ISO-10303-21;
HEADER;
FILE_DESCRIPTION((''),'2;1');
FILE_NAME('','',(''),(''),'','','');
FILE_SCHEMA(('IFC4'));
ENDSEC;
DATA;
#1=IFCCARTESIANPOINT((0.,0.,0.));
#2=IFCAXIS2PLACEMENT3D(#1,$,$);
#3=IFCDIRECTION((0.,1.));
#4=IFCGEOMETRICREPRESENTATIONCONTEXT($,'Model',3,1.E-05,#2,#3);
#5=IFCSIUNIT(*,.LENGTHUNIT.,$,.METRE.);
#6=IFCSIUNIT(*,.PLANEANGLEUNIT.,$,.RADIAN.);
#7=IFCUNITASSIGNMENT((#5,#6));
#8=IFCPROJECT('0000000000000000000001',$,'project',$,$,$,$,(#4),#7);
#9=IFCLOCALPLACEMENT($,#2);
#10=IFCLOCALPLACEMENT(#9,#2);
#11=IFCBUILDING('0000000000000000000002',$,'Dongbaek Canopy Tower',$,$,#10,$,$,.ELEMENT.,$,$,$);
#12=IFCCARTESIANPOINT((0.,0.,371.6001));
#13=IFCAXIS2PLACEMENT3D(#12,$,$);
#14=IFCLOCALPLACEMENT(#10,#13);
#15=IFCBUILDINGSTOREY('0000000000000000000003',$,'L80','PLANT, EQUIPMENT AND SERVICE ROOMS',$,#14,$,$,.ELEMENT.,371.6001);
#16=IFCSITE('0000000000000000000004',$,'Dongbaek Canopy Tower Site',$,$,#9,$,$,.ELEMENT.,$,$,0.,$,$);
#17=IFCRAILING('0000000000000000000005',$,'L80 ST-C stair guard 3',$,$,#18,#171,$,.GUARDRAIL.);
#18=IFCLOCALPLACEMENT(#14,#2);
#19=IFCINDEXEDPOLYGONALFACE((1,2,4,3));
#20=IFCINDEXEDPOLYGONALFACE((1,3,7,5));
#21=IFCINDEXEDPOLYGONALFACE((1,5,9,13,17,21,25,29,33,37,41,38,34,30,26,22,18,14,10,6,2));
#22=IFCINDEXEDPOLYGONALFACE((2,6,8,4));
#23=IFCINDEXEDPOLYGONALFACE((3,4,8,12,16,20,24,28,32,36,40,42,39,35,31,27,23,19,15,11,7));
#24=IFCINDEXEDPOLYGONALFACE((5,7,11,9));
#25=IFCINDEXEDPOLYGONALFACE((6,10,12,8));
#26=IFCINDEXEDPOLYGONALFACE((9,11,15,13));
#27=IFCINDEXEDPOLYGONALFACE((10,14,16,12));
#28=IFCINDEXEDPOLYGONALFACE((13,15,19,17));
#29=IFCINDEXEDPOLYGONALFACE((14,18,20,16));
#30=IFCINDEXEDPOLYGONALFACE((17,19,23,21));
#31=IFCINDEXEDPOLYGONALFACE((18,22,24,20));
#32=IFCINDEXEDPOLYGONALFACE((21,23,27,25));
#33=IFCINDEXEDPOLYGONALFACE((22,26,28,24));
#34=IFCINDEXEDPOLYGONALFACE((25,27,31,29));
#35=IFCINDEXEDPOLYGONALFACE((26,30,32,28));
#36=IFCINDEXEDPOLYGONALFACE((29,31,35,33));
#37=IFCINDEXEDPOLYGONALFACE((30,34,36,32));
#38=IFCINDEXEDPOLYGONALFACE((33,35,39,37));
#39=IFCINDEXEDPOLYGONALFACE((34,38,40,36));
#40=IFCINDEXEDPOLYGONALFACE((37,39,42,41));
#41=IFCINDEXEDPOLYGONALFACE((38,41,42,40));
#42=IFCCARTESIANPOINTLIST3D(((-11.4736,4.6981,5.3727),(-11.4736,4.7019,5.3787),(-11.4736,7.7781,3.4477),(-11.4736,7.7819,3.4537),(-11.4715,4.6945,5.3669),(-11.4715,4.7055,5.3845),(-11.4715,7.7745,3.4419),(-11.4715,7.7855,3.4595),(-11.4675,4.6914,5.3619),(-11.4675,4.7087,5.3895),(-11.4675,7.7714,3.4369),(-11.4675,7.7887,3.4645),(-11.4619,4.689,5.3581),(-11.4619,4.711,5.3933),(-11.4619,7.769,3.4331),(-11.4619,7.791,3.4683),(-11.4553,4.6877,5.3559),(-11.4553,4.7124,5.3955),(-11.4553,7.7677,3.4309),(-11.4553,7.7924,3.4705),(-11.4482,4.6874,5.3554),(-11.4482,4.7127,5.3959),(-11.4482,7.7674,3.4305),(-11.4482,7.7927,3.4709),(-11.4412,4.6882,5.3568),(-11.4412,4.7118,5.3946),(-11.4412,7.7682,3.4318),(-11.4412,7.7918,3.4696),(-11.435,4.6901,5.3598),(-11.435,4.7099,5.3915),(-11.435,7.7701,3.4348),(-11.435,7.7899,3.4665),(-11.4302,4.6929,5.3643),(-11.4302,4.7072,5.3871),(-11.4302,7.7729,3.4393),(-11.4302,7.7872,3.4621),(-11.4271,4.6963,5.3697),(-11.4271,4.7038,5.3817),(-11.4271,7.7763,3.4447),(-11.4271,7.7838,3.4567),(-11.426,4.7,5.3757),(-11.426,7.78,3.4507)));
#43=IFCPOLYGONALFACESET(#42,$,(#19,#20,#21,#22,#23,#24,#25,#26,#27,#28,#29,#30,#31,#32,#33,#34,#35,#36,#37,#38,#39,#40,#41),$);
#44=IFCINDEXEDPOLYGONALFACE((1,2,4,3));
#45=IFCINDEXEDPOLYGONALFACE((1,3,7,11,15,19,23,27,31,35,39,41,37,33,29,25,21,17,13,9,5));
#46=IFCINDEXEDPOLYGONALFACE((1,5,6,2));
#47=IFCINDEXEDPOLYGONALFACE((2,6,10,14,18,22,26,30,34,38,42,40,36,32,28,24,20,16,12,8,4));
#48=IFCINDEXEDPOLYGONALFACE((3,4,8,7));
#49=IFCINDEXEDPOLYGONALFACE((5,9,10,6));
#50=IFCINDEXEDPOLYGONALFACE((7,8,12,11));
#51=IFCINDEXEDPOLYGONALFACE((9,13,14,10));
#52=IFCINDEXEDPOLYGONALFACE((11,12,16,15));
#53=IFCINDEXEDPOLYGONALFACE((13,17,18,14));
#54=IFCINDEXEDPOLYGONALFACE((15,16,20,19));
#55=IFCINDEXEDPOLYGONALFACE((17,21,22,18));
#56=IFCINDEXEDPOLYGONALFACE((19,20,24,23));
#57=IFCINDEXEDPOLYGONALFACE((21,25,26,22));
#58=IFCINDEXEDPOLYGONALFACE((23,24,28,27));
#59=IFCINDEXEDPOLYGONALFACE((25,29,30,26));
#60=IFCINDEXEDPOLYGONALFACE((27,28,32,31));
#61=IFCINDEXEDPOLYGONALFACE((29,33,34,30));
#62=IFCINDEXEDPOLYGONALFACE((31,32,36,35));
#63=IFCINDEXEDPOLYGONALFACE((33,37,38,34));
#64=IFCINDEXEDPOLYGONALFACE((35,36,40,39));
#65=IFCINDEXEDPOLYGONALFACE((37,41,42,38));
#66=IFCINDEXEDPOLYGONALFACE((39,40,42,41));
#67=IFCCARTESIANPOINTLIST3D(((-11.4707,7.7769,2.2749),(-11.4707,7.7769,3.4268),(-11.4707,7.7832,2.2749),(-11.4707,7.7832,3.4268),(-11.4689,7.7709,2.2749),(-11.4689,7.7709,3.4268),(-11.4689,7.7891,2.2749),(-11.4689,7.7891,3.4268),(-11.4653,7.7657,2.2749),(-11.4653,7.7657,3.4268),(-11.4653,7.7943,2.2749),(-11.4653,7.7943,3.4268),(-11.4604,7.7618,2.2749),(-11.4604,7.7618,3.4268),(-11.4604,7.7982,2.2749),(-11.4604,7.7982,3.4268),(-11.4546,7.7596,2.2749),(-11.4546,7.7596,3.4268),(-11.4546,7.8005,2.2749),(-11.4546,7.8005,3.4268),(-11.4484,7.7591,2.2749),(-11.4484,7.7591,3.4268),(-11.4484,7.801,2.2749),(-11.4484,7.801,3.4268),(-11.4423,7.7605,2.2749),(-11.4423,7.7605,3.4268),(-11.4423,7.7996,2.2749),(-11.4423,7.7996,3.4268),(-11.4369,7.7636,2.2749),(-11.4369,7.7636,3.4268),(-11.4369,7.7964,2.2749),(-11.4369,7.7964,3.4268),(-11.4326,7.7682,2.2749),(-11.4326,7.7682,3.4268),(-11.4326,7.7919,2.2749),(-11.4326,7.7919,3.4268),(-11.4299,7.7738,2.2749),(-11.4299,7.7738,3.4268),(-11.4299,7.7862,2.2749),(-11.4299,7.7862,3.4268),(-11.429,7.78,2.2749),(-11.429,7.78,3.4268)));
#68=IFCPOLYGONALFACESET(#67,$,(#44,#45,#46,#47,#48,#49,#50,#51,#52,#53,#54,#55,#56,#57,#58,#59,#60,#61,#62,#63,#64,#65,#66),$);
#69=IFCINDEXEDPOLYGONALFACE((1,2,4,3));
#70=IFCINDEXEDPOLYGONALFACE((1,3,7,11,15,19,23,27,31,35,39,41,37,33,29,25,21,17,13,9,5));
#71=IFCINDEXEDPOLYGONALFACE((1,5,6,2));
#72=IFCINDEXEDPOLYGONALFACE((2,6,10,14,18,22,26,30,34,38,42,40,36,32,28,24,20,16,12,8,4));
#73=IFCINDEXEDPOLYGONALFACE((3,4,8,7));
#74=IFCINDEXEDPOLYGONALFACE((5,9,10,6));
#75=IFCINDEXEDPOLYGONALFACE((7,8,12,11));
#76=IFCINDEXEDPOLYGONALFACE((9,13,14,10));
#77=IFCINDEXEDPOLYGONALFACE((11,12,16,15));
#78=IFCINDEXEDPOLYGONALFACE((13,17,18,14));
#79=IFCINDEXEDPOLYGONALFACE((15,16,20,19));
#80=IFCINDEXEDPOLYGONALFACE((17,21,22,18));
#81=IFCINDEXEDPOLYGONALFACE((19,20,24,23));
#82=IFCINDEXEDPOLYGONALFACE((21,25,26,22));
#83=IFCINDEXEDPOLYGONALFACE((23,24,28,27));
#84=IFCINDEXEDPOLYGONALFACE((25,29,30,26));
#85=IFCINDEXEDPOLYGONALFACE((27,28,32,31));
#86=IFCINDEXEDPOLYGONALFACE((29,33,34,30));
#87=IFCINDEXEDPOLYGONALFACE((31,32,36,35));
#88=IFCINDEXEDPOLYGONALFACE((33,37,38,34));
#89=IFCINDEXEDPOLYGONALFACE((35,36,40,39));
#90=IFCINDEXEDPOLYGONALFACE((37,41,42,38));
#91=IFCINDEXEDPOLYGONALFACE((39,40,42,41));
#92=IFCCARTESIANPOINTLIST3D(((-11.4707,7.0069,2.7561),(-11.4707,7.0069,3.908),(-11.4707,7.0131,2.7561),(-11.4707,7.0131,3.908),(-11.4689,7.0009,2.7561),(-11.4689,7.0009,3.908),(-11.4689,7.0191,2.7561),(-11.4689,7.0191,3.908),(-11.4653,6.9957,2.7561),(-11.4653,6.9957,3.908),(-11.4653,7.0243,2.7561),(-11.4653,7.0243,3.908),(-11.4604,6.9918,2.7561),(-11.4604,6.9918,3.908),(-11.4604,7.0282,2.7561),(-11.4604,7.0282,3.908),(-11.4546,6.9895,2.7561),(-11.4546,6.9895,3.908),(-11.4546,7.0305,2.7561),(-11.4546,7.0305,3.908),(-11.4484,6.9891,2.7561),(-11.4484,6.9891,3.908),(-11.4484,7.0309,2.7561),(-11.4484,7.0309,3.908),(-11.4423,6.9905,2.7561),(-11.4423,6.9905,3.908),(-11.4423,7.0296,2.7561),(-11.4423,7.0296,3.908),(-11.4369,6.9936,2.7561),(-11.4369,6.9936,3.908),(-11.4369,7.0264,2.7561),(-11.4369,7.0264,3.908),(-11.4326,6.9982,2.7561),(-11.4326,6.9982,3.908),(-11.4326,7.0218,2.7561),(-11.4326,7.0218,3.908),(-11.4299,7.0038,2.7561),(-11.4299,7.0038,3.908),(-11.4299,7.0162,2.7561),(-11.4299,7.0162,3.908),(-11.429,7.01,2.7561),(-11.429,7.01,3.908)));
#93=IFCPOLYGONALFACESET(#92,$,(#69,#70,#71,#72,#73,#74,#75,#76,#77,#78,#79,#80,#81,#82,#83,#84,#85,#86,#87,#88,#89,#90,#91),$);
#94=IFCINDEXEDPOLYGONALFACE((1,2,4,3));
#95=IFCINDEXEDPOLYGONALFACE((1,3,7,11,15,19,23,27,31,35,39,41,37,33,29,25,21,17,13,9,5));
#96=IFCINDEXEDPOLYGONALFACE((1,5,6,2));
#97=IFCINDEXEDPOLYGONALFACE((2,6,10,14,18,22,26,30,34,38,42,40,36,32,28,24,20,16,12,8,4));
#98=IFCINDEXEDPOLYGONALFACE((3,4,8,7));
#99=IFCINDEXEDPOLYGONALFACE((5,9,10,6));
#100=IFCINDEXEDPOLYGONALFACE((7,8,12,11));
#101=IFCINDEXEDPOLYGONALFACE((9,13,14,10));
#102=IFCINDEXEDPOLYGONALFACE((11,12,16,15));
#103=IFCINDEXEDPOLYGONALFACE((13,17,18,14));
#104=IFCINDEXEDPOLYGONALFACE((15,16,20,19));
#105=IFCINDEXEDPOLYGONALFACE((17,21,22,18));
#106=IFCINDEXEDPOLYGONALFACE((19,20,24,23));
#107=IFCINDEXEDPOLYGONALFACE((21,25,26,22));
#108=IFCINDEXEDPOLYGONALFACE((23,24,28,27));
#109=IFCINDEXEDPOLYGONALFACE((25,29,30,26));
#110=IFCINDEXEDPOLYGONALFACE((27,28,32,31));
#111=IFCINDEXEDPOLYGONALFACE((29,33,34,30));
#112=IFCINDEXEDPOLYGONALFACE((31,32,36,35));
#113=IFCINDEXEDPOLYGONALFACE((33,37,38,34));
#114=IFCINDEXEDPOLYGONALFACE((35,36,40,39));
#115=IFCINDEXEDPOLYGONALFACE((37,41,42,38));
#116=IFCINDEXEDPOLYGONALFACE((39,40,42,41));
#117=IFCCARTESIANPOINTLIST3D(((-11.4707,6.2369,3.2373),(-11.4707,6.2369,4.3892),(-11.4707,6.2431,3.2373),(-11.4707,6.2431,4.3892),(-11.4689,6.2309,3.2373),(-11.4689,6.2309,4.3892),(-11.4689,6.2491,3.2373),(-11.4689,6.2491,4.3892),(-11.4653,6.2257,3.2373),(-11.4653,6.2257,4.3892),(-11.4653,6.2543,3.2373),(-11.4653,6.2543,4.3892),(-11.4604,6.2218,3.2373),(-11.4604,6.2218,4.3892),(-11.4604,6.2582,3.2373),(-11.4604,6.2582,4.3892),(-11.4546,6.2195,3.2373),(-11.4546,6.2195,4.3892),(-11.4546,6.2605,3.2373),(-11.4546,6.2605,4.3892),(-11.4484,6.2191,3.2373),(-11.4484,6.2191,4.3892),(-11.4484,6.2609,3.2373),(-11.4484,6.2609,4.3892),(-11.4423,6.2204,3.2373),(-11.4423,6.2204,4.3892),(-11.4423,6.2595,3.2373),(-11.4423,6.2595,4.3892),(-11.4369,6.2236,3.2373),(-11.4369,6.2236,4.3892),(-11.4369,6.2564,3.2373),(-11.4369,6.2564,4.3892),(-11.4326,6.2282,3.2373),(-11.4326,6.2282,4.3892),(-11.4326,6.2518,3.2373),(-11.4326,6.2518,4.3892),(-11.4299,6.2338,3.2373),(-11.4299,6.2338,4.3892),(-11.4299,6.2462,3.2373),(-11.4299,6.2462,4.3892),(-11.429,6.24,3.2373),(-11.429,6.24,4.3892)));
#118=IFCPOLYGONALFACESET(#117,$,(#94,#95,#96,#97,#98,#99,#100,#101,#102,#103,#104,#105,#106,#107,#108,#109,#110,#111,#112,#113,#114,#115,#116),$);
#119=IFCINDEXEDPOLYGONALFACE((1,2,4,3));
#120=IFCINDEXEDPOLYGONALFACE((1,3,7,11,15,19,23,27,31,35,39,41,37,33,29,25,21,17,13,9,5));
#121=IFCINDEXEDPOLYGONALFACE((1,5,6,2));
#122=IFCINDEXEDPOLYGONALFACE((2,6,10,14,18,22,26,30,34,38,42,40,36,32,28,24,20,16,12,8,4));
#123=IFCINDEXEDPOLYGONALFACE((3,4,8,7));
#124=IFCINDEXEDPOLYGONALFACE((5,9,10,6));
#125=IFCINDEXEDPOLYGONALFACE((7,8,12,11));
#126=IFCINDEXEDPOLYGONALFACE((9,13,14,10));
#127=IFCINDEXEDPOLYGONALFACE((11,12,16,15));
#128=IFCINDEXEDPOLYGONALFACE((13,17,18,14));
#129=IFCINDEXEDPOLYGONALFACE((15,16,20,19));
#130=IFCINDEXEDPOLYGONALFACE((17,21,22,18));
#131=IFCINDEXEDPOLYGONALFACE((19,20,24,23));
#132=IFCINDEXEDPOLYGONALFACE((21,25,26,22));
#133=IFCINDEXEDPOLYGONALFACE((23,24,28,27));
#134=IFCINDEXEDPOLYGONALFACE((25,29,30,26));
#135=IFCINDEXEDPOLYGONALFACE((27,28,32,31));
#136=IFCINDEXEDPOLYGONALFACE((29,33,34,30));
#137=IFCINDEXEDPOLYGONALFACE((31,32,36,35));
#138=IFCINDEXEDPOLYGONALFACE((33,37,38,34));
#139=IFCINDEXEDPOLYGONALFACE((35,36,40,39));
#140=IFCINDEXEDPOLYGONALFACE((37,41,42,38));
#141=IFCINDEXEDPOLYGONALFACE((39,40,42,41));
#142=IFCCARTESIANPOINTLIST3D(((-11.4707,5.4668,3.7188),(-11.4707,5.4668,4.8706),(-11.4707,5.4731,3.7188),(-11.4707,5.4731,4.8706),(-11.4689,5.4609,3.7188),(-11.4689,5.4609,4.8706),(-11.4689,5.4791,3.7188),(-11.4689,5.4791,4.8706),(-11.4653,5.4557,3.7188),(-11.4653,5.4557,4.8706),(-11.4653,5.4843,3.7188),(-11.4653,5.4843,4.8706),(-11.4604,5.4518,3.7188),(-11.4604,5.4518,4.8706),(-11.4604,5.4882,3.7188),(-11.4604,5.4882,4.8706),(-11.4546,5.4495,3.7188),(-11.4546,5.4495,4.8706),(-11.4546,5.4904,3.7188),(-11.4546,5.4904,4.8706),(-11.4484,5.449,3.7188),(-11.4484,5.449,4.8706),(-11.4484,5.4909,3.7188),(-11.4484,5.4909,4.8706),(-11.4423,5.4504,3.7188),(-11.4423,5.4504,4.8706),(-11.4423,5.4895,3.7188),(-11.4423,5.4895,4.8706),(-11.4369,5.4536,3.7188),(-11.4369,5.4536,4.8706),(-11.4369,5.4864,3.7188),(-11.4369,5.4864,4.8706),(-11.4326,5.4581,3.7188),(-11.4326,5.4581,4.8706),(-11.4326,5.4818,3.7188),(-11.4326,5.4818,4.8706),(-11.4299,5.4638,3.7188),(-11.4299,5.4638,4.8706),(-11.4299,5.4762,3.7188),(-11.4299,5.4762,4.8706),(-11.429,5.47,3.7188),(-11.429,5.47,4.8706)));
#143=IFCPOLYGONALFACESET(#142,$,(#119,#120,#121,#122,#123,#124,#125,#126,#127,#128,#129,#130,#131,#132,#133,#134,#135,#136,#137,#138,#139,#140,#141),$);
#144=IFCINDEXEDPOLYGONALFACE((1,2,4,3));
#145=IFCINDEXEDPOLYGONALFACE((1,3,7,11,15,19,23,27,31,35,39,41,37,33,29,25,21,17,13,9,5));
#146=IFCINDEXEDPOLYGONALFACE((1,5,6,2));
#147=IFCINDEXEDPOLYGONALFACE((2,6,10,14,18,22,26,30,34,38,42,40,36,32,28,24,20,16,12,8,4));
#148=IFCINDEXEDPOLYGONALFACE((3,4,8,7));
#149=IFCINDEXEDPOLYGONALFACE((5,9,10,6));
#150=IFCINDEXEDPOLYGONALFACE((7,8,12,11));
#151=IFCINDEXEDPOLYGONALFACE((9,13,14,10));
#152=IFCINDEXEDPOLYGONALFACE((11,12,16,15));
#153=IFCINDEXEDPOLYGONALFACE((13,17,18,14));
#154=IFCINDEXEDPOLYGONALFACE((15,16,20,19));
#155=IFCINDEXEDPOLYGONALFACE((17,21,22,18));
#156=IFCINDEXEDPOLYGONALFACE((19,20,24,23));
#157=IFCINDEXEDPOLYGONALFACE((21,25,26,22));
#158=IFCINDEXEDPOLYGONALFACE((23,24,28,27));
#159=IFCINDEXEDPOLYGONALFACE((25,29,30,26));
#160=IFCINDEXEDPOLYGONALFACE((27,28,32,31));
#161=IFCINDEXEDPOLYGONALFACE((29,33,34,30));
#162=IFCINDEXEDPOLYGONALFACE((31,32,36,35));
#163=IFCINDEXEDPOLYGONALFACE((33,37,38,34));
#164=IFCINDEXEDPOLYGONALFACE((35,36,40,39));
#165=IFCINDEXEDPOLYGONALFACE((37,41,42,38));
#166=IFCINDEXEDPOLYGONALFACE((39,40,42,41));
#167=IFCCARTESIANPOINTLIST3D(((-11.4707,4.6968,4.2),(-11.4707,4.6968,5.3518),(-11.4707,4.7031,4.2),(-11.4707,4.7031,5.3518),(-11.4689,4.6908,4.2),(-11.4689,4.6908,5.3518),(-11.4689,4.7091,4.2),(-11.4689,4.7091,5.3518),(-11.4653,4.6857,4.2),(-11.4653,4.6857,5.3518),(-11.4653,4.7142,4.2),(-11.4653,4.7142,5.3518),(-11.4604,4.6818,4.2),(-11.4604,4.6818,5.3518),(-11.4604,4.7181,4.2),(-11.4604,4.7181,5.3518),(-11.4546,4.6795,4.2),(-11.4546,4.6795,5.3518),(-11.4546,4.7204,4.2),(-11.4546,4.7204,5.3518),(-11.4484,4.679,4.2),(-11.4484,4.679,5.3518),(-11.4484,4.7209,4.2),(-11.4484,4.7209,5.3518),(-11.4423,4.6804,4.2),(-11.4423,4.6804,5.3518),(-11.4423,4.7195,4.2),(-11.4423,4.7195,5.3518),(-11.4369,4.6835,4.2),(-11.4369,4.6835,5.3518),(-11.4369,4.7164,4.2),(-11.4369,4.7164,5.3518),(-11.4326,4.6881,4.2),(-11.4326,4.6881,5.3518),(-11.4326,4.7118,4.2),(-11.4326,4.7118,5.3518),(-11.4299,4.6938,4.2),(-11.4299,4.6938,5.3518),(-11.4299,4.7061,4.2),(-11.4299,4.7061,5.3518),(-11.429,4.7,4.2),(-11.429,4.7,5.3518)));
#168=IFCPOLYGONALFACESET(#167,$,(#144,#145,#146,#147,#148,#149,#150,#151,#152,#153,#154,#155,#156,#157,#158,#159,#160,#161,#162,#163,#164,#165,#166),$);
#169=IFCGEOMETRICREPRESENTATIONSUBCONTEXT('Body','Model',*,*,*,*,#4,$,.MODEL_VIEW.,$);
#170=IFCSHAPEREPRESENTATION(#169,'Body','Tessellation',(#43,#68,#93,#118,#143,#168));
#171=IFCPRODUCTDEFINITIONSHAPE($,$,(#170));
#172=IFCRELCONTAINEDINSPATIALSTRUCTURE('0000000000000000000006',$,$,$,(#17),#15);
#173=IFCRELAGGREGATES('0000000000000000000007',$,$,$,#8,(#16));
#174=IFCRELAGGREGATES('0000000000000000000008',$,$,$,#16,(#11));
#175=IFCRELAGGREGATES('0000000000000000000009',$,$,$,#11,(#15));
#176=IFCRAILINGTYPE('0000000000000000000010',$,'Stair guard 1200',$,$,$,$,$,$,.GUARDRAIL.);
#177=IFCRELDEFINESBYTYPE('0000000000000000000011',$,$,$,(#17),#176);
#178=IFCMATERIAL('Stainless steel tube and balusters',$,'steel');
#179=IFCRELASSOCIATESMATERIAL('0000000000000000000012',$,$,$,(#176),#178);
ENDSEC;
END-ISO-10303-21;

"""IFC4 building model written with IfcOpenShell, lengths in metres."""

from ifc_helpers import new_model, si_unit, direction, frame, origin, origin_2d, place, context, subcontext, project, spatial, circle, extrude, material, type_object, element, save


model = new_model("IFC4")

# Units and contexts
model_context = context("Model", 3, precision=1e-05, world=origin(), true_north=direction((0.0, 1.0)))
body_context = subcontext(model_context, "Body", "Model", "MODEL_VIEW")
ifc_project = project(units=[si_unit("LENGTHUNIT", "METRE"), si_unit("PLANEANGLEUNIT", "RADIAN")], contexts=[model_context])

# Site, building, storey
site_placement = place(None, origin())
site = spatial("IfcSite", under=ifc_project, at=site_placement, Name="Dongbaek Canopy Tower Site", CompositionType="ELEMENT", RefElevation=0.0)
building_placement = place(site_placement, origin())
building = spatial("IfcBuilding", under=site, at=building_placement, Name="Dongbaek Canopy Tower", CompositionType="ELEMENT")
storey_placement = place(building_placement, frame((0.0, 0.0, 371.6001)))
storey = spatial("IfcBuildingStorey", under=building, at=storey_placement, Name="L80", Description="PLANT, EQUIPMENT AND SERVICE ROOMS", CompositionType="ELEMENT", Elevation=371.6001)

# Railing
ifc_material_1 = material(Name="Stainless steel tube and balusters", Category="steel")
railing_type_1 = type_object("IfcRailingType", Name="Stair guard 1200", PredefinedType="GUARDRAIL", material=ifc_material_1)
railing_1_placement = place(storey_placement, frame((-11.45, 7.78, 2.2749)))
element("IfcRailing", 1, at=railing_1_placement, inside=storey, type_object=railing_type_1, Name="L80 ST-C stair guard 3", PredefinedType="GUARDRAIL", context=body_context, shape_type="SweptSolid", body=[
    extrude(circle(Radius=0.0239, at=origin_2d()), frame((0.0, 0.0, 1.1758), z_axis=(0.0, -0.847998, 0.529999), x_axis=(1.0, 0.0, 0.0)), (0.0, 0.0, 1.0), 3.6321),
    extrude(circle(Radius=0.021, at=origin_2d()), origin(), (0.0, 0.0, 1.0), 1.1519),
    extrude(circle(Radius=0.021, at=origin_2d()), frame((0.0, -0.77, 0.4812)), (0.0, 0.0, 1.0), 1.1519),
    extrude(circle(Radius=0.021, at=origin_2d()), frame((0.0, -1.54, 0.9624)), (0.0, 0.0, 1.0), 1.1519),
    extrude(circle(Radius=0.021, at=origin_2d()), frame((0.0, -2.3101, 1.4438)), (0.0, 0.0, 1.0), 1.1519),
    extrude(circle(Radius=0.021, at=origin_2d()), frame((0.0, -3.0801, 1.925)), (0.0, 0.0, 1.0), 1.1519),
])

save(model, "model.ifc")
